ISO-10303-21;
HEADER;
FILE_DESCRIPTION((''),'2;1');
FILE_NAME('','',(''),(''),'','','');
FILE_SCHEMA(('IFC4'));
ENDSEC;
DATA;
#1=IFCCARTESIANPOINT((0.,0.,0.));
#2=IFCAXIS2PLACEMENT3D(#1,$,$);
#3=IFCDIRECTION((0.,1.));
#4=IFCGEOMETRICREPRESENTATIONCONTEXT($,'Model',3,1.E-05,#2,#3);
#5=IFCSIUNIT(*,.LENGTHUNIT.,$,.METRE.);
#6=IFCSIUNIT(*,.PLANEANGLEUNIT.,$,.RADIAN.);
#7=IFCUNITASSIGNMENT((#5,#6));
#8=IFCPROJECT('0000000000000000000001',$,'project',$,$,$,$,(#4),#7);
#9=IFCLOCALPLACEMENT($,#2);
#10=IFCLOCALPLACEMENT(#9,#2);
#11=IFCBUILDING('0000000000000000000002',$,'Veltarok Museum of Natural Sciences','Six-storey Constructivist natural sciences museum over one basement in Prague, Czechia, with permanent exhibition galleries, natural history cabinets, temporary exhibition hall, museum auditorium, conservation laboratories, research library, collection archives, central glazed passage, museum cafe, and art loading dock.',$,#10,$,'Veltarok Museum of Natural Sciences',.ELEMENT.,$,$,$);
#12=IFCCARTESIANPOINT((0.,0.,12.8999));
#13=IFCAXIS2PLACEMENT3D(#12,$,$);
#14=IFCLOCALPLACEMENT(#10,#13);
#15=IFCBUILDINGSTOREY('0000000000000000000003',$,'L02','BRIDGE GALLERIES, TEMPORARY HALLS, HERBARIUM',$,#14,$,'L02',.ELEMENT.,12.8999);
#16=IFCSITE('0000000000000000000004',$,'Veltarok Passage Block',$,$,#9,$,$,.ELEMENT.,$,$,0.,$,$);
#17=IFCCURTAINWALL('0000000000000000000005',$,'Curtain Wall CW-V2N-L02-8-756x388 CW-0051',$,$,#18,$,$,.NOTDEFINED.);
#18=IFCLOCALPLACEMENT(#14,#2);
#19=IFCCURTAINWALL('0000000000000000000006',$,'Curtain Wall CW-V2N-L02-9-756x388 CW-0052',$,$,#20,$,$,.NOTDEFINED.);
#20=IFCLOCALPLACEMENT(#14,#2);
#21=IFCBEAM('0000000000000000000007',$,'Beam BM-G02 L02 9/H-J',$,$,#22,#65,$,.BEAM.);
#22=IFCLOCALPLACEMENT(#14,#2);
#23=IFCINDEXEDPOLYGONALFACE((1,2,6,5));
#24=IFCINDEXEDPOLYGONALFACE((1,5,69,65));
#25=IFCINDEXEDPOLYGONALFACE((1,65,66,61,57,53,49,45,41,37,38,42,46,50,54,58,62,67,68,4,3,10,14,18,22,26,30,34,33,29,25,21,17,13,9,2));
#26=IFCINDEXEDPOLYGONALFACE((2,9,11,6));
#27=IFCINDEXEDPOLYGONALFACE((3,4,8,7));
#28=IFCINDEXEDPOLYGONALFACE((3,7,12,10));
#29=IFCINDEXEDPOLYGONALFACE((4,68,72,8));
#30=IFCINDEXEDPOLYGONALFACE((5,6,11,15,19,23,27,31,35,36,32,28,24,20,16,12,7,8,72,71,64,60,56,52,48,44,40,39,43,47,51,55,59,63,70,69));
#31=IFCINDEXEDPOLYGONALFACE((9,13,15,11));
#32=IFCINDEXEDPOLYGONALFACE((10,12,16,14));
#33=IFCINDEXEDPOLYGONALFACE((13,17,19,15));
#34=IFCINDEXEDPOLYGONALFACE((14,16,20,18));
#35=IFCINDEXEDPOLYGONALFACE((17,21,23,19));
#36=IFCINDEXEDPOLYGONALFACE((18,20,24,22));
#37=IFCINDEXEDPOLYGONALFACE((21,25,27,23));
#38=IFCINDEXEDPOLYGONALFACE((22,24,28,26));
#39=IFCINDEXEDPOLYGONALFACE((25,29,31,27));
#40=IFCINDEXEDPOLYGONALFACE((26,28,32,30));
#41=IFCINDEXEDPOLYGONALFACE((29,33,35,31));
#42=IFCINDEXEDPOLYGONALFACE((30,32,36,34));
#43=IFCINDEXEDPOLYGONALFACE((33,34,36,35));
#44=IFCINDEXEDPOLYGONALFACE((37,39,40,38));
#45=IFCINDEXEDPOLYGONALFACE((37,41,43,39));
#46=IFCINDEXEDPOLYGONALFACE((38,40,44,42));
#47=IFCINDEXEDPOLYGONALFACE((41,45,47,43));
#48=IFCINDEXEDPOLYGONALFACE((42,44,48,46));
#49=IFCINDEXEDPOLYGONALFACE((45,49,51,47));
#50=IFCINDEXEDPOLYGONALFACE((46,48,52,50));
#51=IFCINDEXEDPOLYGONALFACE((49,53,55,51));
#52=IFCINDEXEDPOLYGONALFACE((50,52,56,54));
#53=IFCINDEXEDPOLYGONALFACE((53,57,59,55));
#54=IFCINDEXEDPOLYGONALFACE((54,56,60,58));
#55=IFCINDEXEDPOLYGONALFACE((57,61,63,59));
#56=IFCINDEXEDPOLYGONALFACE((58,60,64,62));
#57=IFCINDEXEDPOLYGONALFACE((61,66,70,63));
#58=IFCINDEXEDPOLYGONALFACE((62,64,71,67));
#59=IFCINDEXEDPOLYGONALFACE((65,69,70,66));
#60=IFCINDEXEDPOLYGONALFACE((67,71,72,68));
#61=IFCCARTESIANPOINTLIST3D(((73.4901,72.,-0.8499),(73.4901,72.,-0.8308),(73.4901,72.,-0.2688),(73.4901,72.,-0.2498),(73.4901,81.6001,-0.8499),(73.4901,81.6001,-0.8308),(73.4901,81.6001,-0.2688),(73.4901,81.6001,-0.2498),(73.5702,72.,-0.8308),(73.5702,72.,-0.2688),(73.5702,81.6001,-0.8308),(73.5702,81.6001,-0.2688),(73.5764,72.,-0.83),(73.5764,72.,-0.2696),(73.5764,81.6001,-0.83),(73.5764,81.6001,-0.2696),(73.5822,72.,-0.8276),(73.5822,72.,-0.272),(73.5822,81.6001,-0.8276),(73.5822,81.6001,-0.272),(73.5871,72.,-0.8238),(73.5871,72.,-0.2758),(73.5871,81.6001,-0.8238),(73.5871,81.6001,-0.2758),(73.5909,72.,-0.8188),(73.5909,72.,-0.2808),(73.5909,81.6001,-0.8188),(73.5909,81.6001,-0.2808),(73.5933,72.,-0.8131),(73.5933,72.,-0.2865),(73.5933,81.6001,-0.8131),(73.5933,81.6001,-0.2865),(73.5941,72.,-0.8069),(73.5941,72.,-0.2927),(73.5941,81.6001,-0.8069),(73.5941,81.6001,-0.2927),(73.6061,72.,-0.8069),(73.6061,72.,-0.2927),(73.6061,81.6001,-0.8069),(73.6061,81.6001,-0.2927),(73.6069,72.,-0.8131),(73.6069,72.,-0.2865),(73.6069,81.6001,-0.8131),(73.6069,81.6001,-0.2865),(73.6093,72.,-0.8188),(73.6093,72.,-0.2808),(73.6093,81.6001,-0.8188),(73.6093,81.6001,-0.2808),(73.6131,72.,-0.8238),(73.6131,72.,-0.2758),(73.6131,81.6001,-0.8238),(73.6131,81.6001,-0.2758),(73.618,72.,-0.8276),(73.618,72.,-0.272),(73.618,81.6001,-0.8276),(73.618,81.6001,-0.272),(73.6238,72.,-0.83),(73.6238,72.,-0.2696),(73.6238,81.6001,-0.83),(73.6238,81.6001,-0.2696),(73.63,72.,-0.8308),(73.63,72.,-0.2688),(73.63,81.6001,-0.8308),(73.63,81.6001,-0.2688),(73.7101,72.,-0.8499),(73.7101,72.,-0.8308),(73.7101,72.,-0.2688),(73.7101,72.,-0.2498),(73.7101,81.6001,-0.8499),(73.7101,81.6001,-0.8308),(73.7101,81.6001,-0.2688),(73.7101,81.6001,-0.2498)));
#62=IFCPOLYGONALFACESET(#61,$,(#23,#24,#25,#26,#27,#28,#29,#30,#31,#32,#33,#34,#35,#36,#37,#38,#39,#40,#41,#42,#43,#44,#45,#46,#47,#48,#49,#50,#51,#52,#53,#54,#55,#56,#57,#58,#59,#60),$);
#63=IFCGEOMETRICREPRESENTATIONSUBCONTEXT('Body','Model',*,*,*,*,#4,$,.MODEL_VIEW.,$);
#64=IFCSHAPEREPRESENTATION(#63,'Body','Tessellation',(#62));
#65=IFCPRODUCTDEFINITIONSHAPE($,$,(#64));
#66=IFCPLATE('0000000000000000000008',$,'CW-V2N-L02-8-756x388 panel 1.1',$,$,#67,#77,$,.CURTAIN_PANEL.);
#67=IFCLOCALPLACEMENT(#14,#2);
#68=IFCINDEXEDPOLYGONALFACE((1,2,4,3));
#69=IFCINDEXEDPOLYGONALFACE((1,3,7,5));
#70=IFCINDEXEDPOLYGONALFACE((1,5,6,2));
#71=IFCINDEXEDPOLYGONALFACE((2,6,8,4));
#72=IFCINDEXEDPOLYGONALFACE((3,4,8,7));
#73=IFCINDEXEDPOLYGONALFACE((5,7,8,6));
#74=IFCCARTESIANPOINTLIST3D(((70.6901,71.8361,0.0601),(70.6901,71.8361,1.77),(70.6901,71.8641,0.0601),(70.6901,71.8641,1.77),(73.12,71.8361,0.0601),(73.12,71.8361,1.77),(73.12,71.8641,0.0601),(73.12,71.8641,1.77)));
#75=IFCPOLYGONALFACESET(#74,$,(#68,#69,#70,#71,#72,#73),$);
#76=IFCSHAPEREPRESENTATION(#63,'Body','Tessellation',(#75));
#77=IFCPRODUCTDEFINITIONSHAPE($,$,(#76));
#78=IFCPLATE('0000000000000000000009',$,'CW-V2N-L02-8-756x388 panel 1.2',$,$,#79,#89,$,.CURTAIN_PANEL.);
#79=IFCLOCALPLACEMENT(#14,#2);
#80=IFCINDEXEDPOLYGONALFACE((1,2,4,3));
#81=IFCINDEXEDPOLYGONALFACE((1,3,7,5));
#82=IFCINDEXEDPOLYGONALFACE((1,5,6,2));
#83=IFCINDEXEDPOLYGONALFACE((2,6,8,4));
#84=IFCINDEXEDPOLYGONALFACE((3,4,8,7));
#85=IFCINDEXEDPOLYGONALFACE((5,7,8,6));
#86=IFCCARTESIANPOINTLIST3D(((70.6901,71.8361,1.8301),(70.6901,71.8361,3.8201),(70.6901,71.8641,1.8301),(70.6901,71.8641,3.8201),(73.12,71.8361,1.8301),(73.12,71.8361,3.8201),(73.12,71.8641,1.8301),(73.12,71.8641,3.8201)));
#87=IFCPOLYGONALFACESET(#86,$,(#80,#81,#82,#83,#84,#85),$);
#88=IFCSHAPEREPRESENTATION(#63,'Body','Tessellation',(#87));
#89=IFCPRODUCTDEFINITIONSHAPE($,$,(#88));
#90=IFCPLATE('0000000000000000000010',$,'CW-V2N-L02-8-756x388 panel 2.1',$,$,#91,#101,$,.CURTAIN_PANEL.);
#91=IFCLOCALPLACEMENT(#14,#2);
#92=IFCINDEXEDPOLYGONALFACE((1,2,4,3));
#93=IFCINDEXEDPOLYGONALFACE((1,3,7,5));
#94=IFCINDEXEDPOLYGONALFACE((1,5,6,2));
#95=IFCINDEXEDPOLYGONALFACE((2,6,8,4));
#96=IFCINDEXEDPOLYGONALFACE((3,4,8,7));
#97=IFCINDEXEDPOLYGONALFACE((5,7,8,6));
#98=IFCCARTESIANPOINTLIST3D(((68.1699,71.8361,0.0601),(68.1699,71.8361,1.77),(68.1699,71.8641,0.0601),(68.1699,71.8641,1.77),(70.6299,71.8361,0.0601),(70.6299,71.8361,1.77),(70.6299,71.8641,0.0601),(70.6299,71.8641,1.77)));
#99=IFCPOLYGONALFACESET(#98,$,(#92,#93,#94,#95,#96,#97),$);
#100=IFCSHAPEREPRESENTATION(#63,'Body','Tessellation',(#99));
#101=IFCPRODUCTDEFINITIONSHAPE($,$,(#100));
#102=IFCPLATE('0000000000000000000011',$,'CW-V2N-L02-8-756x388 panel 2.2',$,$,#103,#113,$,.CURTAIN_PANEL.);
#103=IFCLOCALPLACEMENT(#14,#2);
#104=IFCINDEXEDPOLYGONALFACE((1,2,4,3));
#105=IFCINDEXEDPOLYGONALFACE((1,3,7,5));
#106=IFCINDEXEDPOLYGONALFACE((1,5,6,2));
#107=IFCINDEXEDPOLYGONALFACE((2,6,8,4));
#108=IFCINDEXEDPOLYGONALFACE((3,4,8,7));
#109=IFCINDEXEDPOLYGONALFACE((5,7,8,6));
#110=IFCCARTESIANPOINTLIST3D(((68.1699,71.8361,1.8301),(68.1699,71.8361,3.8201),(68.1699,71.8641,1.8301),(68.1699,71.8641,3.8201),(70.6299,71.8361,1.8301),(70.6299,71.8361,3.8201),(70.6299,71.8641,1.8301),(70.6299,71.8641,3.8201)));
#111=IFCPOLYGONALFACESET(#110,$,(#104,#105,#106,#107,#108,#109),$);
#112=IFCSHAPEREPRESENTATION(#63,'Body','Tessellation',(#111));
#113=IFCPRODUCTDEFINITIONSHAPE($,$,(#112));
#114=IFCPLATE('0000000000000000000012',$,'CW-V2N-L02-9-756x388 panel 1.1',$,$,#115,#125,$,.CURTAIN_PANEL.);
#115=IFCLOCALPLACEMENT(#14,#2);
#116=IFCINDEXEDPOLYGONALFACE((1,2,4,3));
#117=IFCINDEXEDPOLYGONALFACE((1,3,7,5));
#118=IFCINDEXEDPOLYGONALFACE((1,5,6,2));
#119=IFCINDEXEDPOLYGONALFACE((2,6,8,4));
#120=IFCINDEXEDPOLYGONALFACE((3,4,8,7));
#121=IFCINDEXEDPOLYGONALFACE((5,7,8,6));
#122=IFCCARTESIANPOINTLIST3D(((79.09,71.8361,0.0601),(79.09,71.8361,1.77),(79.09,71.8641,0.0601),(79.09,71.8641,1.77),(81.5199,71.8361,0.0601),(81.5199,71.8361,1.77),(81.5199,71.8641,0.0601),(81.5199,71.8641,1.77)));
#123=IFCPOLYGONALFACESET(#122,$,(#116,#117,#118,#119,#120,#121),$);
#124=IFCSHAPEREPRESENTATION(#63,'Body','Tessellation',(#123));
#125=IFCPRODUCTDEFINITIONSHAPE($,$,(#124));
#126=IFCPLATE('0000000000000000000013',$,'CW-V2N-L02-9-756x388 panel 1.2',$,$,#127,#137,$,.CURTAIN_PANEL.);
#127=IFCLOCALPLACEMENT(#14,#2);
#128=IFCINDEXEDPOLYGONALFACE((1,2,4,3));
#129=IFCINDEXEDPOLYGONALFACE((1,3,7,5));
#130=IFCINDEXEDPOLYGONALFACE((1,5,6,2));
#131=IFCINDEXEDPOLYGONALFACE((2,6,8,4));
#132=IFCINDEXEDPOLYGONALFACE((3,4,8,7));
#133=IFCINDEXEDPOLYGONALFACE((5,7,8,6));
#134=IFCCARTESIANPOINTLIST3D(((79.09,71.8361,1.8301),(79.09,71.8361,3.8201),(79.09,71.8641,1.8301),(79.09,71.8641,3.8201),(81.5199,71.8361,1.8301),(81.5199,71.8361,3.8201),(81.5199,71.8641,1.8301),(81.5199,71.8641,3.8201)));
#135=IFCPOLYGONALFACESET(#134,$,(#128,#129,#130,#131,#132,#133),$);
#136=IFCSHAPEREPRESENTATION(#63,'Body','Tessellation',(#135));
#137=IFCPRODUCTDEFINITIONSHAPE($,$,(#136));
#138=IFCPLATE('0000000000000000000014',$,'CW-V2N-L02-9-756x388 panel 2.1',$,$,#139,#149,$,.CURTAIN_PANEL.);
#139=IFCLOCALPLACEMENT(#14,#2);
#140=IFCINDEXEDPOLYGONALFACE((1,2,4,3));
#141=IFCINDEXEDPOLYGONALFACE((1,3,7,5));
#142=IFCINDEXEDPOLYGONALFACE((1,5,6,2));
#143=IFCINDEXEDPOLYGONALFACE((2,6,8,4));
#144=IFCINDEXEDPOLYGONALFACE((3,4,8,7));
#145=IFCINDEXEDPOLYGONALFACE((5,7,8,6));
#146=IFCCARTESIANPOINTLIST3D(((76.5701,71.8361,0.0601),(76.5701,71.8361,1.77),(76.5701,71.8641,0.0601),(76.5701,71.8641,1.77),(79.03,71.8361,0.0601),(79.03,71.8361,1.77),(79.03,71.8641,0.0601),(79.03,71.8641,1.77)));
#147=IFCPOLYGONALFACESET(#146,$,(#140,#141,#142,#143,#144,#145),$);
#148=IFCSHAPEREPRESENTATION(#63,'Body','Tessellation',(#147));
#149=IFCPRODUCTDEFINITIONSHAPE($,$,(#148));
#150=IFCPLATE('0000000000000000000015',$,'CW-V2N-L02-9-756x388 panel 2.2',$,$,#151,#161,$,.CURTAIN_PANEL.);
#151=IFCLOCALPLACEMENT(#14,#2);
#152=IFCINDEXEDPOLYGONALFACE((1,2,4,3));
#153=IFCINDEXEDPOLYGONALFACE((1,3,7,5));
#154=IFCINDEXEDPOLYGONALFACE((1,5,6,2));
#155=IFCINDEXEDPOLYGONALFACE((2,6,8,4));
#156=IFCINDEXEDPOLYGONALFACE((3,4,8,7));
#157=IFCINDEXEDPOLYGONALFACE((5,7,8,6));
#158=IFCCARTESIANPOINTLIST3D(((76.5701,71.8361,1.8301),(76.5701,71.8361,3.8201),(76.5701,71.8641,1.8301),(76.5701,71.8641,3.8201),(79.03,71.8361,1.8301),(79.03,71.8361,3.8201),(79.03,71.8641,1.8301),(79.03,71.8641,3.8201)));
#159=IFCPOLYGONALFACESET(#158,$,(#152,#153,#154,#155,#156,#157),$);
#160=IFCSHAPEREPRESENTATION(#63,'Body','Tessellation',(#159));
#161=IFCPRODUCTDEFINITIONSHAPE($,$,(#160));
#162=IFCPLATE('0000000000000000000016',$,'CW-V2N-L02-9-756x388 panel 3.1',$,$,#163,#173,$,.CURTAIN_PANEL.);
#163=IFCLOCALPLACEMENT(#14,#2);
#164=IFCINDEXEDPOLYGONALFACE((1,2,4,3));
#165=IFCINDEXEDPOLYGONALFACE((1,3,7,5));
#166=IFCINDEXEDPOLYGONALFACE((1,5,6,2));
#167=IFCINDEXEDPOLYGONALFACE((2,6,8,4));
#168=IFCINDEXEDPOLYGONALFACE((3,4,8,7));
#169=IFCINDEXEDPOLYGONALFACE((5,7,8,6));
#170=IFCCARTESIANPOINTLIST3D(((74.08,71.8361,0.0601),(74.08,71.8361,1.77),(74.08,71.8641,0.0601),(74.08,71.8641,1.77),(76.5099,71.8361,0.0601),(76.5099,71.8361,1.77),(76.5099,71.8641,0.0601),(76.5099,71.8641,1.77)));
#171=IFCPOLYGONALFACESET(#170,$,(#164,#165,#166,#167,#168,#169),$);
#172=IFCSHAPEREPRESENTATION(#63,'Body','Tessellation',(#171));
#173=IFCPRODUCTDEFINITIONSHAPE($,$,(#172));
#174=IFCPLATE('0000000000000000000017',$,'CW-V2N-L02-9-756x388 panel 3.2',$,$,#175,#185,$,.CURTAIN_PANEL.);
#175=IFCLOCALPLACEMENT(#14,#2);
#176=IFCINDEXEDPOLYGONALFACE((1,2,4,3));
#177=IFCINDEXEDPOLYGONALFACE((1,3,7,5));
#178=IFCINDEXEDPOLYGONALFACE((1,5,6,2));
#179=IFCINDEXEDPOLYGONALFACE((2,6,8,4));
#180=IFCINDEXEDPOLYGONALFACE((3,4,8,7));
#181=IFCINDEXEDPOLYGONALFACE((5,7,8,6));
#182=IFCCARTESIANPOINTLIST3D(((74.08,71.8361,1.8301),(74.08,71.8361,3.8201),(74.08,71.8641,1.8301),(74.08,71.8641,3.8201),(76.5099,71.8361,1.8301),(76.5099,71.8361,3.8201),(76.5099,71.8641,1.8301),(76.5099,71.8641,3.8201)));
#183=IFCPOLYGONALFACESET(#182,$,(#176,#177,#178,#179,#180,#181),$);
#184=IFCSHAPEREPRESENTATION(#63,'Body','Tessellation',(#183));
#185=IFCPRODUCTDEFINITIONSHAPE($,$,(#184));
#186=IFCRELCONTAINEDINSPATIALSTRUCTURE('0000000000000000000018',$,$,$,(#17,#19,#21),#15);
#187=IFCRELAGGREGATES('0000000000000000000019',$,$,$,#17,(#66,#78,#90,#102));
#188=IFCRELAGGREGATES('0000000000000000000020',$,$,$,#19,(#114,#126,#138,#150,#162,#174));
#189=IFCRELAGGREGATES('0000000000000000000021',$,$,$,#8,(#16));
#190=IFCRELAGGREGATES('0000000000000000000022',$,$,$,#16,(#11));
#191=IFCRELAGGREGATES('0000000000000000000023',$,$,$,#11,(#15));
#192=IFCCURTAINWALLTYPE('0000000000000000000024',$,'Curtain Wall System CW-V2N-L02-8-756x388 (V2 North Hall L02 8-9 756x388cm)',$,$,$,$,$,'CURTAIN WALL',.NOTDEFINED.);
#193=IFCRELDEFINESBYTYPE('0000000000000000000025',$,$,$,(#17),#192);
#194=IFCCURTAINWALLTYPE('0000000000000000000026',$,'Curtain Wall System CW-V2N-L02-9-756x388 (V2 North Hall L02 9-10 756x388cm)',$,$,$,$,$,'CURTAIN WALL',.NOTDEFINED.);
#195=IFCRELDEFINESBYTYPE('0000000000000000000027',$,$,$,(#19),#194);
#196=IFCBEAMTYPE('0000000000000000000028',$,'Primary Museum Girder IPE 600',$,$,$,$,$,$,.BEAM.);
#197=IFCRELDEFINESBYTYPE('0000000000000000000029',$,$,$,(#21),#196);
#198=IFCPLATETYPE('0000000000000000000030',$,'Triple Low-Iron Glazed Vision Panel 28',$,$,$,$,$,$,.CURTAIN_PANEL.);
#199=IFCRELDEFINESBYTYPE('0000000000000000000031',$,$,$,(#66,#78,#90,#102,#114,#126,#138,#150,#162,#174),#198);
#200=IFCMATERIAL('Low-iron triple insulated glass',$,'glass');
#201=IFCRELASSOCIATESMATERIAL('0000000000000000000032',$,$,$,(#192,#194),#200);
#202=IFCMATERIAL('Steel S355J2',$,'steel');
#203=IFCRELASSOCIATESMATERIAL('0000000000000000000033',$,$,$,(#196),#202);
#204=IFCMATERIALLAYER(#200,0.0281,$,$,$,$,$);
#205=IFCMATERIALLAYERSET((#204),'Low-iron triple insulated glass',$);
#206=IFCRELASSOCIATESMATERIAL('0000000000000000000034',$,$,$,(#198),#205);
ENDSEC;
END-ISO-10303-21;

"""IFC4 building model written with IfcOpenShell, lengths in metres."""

from ifc_helpers import new_model, si_unit, direction, frame, origin, origin_2d, place, context, subcontext, project, spatial, rectangle, i_section, extrude, material, layer, layer_set, material_profile, profile_set, type_object, element, aggregate, save


model = new_model("IFC4")

# Units and contexts
model_context = context("Model", 3, precision=1e-05, world=origin(), true_north=direction((0.0, 1.0)))
body_context = subcontext(model_context, "Body", "Model", "MODEL_VIEW")
ifc_project = project(units=[si_unit("LENGTHUNIT", "METRE"), si_unit("PLANEANGLEUNIT", "RADIAN")], contexts=[model_context])

# Site, building, storey
site_placement = place(None, origin())
site = spatial("IfcSite", under=ifc_project, at=site_placement, Name="Veltarok Passage Block", CompositionType="ELEMENT", RefElevation=0.0)
building_placement = place(site_placement, origin())
building = spatial("IfcBuilding", under=site, at=building_placement, Name="Veltarok Museum of Natural Sciences", Description="Six-storey Constructivist natural sciences museum over one basement in Prague, Czechia, with permanent exhibition galleries, natural history cabinets, temporary exhibition hall, museum auditorium, conservation laboratories, research library, collection archives, central glazed passage, museum cafe, and art loading dock.", LongName="Veltarok Museum of Natural Sciences", CompositionType="ELEMENT")
storey_placement = place(building_placement, frame((0.0, 0.0, 12.8999)))
storey = spatial("IfcBuildingStorey", under=building, at=storey_placement, Name="L02", Description="BRIDGE GALLERIES, TEMPORARY HALLS, HERBARIUM", LongName="L02", CompositionType="ELEMENT", Elevation=12.8999)

# Shared definitions
ifc_material_1 = material(Name="Steel S355J2", Category="steel")

# Curtain walls
ifc_material_2 = material(Name="Low-iron triple insulated glass", Category="glass")
curtain_wall_type_1 = type_object("IfcCurtainWallType", Name="Curtain Wall System CW-V2N-L02-8-756x388 (V2 North Hall L02 8-9 756x388cm)", ElementType="CURTAIN WALL", PredefinedType="NOTDEFINED", material=ifc_material_2)
curtain_wall_1_placement = place(storey_placement, origin())
curtain_wall_1 = element("IfcCurtainWall", 1, at=curtain_wall_1_placement, inside=storey, type_object=curtain_wall_type_1, Name="Curtain Wall CW-V2N-L02-8-756x388 CW-0051", PredefinedType="NOTDEFINED")
curtain_wall_type_2 = type_object("IfcCurtainWallType", Name="Curtain Wall System CW-V2N-L02-9-756x388 (V2 North Hall L02 9-10 756x388cm)", ElementType="CURTAIN WALL", PredefinedType="NOTDEFINED", material=ifc_material_2)
curtain_wall_2_placement = place(storey_placement, origin())
curtain_wall_2 = element("IfcCurtainWall", 2, at=curtain_wall_2_placement, inside=storey, type_object=curtain_wall_type_2, Name="Curtain Wall CW-V2N-L02-9-756x388 CW-0052", PredefinedType="NOTDEFINED")

# Beam
ifc_material_profile_1 = material_profile(ifc_material_1, i_section(OverallWidth=0.22, OverallDepth=0.6001, WebThickness=0.012, FlangeThickness=0.019, FilletRadius=0.0239, at=origin_2d()), Name="IPE 600")
ifc_profile_set_1 = profile_set([ifc_material_profile_1], Name="Steel S355J2")
beam_type_1 = type_object("IfcBeamType", Name="Primary Museum Girder IPE 600", PredefinedType="BEAM", material=ifc_profile_set_1)
beam_1_placement = place(storey_placement, frame((73.6001, 72.0, -0.5498), z_axis=(0.0, 1.0, 0.0), x_axis=(-1.0, 0.0, 0.0)))
element("IfcBeam", 3, at=beam_1_placement, inside=storey, type_object=beam_type_1, Name="Beam BM-G02 L02 9/H-J", PredefinedType="BEAM", context=body_context, shape_type="SweptSolid", body=[
    extrude(i_section(OverallWidth=0.22, OverallDepth=0.6001, WebThickness=0.012, FlangeThickness=0.019, FilletRadius=0.0239, at=origin_2d()), origin(), (0.0, 0.0, 1.0), 9.6001),
])

# Plates
ifc_layer = layer(ifc_material_2, 0.0281)
ifc_layer_set = layer_set([ifc_layer], Name="Low-iron triple insulated glass")
plate_type = type_object("IfcPlateType", Name="Triple Low-Iron Glazed Vision Panel 28", PredefinedType="CURTAIN_PANEL", material=ifc_layer_set)
plate_1_placement = place(storey_placement, frame((71.905, 71.8501, 0.0601), z_axis=(0.0, 0.0, 1.0), x_axis=(-1.0, 0.0, 0.0)))
plate_1 = element("IfcPlate", 4, at=plate_1_placement, type_object=plate_type, Name="CW-V2N-L02-8-756x388 panel 1.1", PredefinedType="CURTAIN_PANEL", context=body_context, shape_type="SweptSolid", body=[
    extrude(rectangle(XDim=2.4299, YDim=0.0281, at=origin_2d()), origin(), (0.0, 0.0, 1.0), 1.71),
])
plate_2_placement = place(storey_placement, frame((71.905, 71.8501, 1.8301), z_axis=(0.0, 0.0, 1.0), x_axis=(-1.0, 0.0, 0.0)))
plate_2 = element("IfcPlate", 5, at=plate_2_placement, type_object=plate_type, Name="CW-V2N-L02-8-756x388 panel 1.2", PredefinedType="CURTAIN_PANEL", context=body_context, shape_type="SweptSolid", body=[
    extrude(rectangle(XDim=2.4299, YDim=0.0281, at=origin_2d()), origin(), (0.0, 0.0, 1.0), 1.99),
])
plate_3_placement = place(storey_placement, frame((69.3999, 71.8501, 0.0601), z_axis=(0.0, 0.0, 1.0), x_axis=(-1.0, 0.0, 0.0)))
plate_3 = element("IfcPlate", 6, at=plate_3_placement, type_object=plate_type, Name="CW-V2N-L02-8-756x388 panel 2.1", PredefinedType="CURTAIN_PANEL", context=body_context, shape_type="SweptSolid", body=[
    extrude(rectangle(XDim=2.46, YDim=0.0281, at=origin_2d()), origin(), (0.0, 0.0, 1.0), 1.71),
])
plate_4_placement = place(storey_placement, frame((69.3999, 71.8501, 1.8301), z_axis=(0.0, 0.0, 1.0), x_axis=(-1.0, 0.0, 0.0)))
plate_4 = element("IfcPlate", 7, at=plate_4_placement, type_object=plate_type, Name="CW-V2N-L02-8-756x388 panel 2.2", PredefinedType="CURTAIN_PANEL", context=body_context, shape_type="SweptSolid", body=[
    extrude(rectangle(XDim=2.46, YDim=0.0281, at=origin_2d()), origin(), (0.0, 0.0, 1.0), 1.99),
])
aggregate(curtain_wall_1, [plate_1, plate_2, plate_3, plate_4])
plate_5_placement = place(storey_placement, frame((80.3049, 71.8501, 0.0601), z_axis=(0.0, 0.0, 1.0), x_axis=(-1.0, 0.0, 0.0)))
plate_5 = element("IfcPlate", 8, at=plate_5_placement, type_object=plate_type, Name="CW-V2N-L02-9-756x388 panel 1.1", PredefinedType="CURTAIN_PANEL", context=body_context, shape_type="SweptSolid", body=[
    extrude(rectangle(XDim=2.4299, YDim=0.0281, at=origin_2d()), origin(), (0.0, 0.0, 1.0), 1.71),
])
plate_6_placement = place(storey_placement, frame((80.3049, 71.8501, 1.8301), z_axis=(0.0, 0.0, 1.0), x_axis=(-1.0, 0.0, 0.0)))
plate_6 = element("IfcPlate", 9, at=plate_6_placement, type_object=plate_type, Name="CW-V2N-L02-9-756x388 panel 1.2", PredefinedType="CURTAIN_PANEL", context=body_context, shape_type="SweptSolid", body=[
    extrude(rectangle(XDim=2.4299, YDim=0.0281, at=origin_2d()), origin(), (0.0, 0.0, 1.0), 1.99),
])
plate_7_placement = place(storey_placement, frame((77.8, 71.8501, 0.0601), z_axis=(0.0, 0.0, 1.0), x_axis=(-1.0, 0.0, 0.0)))
plate_7 = element("IfcPlate", 10, at=plate_7_placement, type_object=plate_type, Name="CW-V2N-L02-9-756x388 panel 2.1", PredefinedType="CURTAIN_PANEL", context=body_context, shape_type="SweptSolid", body=[
    extrude(rectangle(XDim=2.46, YDim=0.0281, at=origin_2d()), origin(), (0.0, 0.0, 1.0), 1.71),
])
plate_8_placement = place(storey_placement, frame((77.8, 71.8501, 1.8301), z_axis=(0.0, 0.0, 1.0), x_axis=(-1.0, 0.0, 0.0)))
plate_8 = element("IfcPlate", 11, at=plate_8_placement, type_object=plate_type, Name="CW-V2N-L02-9-756x388 panel 2.2", PredefinedType="CURTAIN_PANEL", context=body_context, shape_type="SweptSolid", body=[
    extrude(rectangle(XDim=2.46, YDim=0.0281, at=origin_2d()), origin(), (0.0, 0.0, 1.0), 1.99),
])
plate_9_placement = place(storey_placement, frame((75.2949, 71.8501, 0.0601), z_axis=(0.0, 0.0, 1.0), x_axis=(-1.0, 0.0, 0.0)))
plate_9 = element("IfcPlate", 12, at=plate_9_placement, type_object=plate_type, Name="CW-V2N-L02-9-756x388 panel 3.1", PredefinedType="CURTAIN_PANEL", context=body_context, shape_type="SweptSolid", body=[
    extrude(rectangle(XDim=2.4299, YDim=0.0281, at=origin_2d()), origin(), (0.0, 0.0, 1.0), 1.71),
])
plate_10_placement = place(storey_placement, frame((75.2949, 71.8501, 1.8301), z_axis=(0.0, 0.0, 1.0), x_axis=(-1.0, 0.0, 0.0)))
plate_10 = element("IfcPlate", 13, at=plate_10_placement, type_object=plate_type, Name="CW-V2N-L02-9-756x388 panel 3.2", PredefinedType="CURTAIN_PANEL", context=body_context, shape_type="SweptSolid", body=[
    extrude(rectangle(XDim=2.4299, YDim=0.0281, at=origin_2d()), origin(), (0.0, 0.0, 1.0), 1.99),
])
aggregate(curtain_wall_2, [plate_5, plate_6, plate_7, plate_8, plate_9, plate_10])

save(model, "model.ifc")
